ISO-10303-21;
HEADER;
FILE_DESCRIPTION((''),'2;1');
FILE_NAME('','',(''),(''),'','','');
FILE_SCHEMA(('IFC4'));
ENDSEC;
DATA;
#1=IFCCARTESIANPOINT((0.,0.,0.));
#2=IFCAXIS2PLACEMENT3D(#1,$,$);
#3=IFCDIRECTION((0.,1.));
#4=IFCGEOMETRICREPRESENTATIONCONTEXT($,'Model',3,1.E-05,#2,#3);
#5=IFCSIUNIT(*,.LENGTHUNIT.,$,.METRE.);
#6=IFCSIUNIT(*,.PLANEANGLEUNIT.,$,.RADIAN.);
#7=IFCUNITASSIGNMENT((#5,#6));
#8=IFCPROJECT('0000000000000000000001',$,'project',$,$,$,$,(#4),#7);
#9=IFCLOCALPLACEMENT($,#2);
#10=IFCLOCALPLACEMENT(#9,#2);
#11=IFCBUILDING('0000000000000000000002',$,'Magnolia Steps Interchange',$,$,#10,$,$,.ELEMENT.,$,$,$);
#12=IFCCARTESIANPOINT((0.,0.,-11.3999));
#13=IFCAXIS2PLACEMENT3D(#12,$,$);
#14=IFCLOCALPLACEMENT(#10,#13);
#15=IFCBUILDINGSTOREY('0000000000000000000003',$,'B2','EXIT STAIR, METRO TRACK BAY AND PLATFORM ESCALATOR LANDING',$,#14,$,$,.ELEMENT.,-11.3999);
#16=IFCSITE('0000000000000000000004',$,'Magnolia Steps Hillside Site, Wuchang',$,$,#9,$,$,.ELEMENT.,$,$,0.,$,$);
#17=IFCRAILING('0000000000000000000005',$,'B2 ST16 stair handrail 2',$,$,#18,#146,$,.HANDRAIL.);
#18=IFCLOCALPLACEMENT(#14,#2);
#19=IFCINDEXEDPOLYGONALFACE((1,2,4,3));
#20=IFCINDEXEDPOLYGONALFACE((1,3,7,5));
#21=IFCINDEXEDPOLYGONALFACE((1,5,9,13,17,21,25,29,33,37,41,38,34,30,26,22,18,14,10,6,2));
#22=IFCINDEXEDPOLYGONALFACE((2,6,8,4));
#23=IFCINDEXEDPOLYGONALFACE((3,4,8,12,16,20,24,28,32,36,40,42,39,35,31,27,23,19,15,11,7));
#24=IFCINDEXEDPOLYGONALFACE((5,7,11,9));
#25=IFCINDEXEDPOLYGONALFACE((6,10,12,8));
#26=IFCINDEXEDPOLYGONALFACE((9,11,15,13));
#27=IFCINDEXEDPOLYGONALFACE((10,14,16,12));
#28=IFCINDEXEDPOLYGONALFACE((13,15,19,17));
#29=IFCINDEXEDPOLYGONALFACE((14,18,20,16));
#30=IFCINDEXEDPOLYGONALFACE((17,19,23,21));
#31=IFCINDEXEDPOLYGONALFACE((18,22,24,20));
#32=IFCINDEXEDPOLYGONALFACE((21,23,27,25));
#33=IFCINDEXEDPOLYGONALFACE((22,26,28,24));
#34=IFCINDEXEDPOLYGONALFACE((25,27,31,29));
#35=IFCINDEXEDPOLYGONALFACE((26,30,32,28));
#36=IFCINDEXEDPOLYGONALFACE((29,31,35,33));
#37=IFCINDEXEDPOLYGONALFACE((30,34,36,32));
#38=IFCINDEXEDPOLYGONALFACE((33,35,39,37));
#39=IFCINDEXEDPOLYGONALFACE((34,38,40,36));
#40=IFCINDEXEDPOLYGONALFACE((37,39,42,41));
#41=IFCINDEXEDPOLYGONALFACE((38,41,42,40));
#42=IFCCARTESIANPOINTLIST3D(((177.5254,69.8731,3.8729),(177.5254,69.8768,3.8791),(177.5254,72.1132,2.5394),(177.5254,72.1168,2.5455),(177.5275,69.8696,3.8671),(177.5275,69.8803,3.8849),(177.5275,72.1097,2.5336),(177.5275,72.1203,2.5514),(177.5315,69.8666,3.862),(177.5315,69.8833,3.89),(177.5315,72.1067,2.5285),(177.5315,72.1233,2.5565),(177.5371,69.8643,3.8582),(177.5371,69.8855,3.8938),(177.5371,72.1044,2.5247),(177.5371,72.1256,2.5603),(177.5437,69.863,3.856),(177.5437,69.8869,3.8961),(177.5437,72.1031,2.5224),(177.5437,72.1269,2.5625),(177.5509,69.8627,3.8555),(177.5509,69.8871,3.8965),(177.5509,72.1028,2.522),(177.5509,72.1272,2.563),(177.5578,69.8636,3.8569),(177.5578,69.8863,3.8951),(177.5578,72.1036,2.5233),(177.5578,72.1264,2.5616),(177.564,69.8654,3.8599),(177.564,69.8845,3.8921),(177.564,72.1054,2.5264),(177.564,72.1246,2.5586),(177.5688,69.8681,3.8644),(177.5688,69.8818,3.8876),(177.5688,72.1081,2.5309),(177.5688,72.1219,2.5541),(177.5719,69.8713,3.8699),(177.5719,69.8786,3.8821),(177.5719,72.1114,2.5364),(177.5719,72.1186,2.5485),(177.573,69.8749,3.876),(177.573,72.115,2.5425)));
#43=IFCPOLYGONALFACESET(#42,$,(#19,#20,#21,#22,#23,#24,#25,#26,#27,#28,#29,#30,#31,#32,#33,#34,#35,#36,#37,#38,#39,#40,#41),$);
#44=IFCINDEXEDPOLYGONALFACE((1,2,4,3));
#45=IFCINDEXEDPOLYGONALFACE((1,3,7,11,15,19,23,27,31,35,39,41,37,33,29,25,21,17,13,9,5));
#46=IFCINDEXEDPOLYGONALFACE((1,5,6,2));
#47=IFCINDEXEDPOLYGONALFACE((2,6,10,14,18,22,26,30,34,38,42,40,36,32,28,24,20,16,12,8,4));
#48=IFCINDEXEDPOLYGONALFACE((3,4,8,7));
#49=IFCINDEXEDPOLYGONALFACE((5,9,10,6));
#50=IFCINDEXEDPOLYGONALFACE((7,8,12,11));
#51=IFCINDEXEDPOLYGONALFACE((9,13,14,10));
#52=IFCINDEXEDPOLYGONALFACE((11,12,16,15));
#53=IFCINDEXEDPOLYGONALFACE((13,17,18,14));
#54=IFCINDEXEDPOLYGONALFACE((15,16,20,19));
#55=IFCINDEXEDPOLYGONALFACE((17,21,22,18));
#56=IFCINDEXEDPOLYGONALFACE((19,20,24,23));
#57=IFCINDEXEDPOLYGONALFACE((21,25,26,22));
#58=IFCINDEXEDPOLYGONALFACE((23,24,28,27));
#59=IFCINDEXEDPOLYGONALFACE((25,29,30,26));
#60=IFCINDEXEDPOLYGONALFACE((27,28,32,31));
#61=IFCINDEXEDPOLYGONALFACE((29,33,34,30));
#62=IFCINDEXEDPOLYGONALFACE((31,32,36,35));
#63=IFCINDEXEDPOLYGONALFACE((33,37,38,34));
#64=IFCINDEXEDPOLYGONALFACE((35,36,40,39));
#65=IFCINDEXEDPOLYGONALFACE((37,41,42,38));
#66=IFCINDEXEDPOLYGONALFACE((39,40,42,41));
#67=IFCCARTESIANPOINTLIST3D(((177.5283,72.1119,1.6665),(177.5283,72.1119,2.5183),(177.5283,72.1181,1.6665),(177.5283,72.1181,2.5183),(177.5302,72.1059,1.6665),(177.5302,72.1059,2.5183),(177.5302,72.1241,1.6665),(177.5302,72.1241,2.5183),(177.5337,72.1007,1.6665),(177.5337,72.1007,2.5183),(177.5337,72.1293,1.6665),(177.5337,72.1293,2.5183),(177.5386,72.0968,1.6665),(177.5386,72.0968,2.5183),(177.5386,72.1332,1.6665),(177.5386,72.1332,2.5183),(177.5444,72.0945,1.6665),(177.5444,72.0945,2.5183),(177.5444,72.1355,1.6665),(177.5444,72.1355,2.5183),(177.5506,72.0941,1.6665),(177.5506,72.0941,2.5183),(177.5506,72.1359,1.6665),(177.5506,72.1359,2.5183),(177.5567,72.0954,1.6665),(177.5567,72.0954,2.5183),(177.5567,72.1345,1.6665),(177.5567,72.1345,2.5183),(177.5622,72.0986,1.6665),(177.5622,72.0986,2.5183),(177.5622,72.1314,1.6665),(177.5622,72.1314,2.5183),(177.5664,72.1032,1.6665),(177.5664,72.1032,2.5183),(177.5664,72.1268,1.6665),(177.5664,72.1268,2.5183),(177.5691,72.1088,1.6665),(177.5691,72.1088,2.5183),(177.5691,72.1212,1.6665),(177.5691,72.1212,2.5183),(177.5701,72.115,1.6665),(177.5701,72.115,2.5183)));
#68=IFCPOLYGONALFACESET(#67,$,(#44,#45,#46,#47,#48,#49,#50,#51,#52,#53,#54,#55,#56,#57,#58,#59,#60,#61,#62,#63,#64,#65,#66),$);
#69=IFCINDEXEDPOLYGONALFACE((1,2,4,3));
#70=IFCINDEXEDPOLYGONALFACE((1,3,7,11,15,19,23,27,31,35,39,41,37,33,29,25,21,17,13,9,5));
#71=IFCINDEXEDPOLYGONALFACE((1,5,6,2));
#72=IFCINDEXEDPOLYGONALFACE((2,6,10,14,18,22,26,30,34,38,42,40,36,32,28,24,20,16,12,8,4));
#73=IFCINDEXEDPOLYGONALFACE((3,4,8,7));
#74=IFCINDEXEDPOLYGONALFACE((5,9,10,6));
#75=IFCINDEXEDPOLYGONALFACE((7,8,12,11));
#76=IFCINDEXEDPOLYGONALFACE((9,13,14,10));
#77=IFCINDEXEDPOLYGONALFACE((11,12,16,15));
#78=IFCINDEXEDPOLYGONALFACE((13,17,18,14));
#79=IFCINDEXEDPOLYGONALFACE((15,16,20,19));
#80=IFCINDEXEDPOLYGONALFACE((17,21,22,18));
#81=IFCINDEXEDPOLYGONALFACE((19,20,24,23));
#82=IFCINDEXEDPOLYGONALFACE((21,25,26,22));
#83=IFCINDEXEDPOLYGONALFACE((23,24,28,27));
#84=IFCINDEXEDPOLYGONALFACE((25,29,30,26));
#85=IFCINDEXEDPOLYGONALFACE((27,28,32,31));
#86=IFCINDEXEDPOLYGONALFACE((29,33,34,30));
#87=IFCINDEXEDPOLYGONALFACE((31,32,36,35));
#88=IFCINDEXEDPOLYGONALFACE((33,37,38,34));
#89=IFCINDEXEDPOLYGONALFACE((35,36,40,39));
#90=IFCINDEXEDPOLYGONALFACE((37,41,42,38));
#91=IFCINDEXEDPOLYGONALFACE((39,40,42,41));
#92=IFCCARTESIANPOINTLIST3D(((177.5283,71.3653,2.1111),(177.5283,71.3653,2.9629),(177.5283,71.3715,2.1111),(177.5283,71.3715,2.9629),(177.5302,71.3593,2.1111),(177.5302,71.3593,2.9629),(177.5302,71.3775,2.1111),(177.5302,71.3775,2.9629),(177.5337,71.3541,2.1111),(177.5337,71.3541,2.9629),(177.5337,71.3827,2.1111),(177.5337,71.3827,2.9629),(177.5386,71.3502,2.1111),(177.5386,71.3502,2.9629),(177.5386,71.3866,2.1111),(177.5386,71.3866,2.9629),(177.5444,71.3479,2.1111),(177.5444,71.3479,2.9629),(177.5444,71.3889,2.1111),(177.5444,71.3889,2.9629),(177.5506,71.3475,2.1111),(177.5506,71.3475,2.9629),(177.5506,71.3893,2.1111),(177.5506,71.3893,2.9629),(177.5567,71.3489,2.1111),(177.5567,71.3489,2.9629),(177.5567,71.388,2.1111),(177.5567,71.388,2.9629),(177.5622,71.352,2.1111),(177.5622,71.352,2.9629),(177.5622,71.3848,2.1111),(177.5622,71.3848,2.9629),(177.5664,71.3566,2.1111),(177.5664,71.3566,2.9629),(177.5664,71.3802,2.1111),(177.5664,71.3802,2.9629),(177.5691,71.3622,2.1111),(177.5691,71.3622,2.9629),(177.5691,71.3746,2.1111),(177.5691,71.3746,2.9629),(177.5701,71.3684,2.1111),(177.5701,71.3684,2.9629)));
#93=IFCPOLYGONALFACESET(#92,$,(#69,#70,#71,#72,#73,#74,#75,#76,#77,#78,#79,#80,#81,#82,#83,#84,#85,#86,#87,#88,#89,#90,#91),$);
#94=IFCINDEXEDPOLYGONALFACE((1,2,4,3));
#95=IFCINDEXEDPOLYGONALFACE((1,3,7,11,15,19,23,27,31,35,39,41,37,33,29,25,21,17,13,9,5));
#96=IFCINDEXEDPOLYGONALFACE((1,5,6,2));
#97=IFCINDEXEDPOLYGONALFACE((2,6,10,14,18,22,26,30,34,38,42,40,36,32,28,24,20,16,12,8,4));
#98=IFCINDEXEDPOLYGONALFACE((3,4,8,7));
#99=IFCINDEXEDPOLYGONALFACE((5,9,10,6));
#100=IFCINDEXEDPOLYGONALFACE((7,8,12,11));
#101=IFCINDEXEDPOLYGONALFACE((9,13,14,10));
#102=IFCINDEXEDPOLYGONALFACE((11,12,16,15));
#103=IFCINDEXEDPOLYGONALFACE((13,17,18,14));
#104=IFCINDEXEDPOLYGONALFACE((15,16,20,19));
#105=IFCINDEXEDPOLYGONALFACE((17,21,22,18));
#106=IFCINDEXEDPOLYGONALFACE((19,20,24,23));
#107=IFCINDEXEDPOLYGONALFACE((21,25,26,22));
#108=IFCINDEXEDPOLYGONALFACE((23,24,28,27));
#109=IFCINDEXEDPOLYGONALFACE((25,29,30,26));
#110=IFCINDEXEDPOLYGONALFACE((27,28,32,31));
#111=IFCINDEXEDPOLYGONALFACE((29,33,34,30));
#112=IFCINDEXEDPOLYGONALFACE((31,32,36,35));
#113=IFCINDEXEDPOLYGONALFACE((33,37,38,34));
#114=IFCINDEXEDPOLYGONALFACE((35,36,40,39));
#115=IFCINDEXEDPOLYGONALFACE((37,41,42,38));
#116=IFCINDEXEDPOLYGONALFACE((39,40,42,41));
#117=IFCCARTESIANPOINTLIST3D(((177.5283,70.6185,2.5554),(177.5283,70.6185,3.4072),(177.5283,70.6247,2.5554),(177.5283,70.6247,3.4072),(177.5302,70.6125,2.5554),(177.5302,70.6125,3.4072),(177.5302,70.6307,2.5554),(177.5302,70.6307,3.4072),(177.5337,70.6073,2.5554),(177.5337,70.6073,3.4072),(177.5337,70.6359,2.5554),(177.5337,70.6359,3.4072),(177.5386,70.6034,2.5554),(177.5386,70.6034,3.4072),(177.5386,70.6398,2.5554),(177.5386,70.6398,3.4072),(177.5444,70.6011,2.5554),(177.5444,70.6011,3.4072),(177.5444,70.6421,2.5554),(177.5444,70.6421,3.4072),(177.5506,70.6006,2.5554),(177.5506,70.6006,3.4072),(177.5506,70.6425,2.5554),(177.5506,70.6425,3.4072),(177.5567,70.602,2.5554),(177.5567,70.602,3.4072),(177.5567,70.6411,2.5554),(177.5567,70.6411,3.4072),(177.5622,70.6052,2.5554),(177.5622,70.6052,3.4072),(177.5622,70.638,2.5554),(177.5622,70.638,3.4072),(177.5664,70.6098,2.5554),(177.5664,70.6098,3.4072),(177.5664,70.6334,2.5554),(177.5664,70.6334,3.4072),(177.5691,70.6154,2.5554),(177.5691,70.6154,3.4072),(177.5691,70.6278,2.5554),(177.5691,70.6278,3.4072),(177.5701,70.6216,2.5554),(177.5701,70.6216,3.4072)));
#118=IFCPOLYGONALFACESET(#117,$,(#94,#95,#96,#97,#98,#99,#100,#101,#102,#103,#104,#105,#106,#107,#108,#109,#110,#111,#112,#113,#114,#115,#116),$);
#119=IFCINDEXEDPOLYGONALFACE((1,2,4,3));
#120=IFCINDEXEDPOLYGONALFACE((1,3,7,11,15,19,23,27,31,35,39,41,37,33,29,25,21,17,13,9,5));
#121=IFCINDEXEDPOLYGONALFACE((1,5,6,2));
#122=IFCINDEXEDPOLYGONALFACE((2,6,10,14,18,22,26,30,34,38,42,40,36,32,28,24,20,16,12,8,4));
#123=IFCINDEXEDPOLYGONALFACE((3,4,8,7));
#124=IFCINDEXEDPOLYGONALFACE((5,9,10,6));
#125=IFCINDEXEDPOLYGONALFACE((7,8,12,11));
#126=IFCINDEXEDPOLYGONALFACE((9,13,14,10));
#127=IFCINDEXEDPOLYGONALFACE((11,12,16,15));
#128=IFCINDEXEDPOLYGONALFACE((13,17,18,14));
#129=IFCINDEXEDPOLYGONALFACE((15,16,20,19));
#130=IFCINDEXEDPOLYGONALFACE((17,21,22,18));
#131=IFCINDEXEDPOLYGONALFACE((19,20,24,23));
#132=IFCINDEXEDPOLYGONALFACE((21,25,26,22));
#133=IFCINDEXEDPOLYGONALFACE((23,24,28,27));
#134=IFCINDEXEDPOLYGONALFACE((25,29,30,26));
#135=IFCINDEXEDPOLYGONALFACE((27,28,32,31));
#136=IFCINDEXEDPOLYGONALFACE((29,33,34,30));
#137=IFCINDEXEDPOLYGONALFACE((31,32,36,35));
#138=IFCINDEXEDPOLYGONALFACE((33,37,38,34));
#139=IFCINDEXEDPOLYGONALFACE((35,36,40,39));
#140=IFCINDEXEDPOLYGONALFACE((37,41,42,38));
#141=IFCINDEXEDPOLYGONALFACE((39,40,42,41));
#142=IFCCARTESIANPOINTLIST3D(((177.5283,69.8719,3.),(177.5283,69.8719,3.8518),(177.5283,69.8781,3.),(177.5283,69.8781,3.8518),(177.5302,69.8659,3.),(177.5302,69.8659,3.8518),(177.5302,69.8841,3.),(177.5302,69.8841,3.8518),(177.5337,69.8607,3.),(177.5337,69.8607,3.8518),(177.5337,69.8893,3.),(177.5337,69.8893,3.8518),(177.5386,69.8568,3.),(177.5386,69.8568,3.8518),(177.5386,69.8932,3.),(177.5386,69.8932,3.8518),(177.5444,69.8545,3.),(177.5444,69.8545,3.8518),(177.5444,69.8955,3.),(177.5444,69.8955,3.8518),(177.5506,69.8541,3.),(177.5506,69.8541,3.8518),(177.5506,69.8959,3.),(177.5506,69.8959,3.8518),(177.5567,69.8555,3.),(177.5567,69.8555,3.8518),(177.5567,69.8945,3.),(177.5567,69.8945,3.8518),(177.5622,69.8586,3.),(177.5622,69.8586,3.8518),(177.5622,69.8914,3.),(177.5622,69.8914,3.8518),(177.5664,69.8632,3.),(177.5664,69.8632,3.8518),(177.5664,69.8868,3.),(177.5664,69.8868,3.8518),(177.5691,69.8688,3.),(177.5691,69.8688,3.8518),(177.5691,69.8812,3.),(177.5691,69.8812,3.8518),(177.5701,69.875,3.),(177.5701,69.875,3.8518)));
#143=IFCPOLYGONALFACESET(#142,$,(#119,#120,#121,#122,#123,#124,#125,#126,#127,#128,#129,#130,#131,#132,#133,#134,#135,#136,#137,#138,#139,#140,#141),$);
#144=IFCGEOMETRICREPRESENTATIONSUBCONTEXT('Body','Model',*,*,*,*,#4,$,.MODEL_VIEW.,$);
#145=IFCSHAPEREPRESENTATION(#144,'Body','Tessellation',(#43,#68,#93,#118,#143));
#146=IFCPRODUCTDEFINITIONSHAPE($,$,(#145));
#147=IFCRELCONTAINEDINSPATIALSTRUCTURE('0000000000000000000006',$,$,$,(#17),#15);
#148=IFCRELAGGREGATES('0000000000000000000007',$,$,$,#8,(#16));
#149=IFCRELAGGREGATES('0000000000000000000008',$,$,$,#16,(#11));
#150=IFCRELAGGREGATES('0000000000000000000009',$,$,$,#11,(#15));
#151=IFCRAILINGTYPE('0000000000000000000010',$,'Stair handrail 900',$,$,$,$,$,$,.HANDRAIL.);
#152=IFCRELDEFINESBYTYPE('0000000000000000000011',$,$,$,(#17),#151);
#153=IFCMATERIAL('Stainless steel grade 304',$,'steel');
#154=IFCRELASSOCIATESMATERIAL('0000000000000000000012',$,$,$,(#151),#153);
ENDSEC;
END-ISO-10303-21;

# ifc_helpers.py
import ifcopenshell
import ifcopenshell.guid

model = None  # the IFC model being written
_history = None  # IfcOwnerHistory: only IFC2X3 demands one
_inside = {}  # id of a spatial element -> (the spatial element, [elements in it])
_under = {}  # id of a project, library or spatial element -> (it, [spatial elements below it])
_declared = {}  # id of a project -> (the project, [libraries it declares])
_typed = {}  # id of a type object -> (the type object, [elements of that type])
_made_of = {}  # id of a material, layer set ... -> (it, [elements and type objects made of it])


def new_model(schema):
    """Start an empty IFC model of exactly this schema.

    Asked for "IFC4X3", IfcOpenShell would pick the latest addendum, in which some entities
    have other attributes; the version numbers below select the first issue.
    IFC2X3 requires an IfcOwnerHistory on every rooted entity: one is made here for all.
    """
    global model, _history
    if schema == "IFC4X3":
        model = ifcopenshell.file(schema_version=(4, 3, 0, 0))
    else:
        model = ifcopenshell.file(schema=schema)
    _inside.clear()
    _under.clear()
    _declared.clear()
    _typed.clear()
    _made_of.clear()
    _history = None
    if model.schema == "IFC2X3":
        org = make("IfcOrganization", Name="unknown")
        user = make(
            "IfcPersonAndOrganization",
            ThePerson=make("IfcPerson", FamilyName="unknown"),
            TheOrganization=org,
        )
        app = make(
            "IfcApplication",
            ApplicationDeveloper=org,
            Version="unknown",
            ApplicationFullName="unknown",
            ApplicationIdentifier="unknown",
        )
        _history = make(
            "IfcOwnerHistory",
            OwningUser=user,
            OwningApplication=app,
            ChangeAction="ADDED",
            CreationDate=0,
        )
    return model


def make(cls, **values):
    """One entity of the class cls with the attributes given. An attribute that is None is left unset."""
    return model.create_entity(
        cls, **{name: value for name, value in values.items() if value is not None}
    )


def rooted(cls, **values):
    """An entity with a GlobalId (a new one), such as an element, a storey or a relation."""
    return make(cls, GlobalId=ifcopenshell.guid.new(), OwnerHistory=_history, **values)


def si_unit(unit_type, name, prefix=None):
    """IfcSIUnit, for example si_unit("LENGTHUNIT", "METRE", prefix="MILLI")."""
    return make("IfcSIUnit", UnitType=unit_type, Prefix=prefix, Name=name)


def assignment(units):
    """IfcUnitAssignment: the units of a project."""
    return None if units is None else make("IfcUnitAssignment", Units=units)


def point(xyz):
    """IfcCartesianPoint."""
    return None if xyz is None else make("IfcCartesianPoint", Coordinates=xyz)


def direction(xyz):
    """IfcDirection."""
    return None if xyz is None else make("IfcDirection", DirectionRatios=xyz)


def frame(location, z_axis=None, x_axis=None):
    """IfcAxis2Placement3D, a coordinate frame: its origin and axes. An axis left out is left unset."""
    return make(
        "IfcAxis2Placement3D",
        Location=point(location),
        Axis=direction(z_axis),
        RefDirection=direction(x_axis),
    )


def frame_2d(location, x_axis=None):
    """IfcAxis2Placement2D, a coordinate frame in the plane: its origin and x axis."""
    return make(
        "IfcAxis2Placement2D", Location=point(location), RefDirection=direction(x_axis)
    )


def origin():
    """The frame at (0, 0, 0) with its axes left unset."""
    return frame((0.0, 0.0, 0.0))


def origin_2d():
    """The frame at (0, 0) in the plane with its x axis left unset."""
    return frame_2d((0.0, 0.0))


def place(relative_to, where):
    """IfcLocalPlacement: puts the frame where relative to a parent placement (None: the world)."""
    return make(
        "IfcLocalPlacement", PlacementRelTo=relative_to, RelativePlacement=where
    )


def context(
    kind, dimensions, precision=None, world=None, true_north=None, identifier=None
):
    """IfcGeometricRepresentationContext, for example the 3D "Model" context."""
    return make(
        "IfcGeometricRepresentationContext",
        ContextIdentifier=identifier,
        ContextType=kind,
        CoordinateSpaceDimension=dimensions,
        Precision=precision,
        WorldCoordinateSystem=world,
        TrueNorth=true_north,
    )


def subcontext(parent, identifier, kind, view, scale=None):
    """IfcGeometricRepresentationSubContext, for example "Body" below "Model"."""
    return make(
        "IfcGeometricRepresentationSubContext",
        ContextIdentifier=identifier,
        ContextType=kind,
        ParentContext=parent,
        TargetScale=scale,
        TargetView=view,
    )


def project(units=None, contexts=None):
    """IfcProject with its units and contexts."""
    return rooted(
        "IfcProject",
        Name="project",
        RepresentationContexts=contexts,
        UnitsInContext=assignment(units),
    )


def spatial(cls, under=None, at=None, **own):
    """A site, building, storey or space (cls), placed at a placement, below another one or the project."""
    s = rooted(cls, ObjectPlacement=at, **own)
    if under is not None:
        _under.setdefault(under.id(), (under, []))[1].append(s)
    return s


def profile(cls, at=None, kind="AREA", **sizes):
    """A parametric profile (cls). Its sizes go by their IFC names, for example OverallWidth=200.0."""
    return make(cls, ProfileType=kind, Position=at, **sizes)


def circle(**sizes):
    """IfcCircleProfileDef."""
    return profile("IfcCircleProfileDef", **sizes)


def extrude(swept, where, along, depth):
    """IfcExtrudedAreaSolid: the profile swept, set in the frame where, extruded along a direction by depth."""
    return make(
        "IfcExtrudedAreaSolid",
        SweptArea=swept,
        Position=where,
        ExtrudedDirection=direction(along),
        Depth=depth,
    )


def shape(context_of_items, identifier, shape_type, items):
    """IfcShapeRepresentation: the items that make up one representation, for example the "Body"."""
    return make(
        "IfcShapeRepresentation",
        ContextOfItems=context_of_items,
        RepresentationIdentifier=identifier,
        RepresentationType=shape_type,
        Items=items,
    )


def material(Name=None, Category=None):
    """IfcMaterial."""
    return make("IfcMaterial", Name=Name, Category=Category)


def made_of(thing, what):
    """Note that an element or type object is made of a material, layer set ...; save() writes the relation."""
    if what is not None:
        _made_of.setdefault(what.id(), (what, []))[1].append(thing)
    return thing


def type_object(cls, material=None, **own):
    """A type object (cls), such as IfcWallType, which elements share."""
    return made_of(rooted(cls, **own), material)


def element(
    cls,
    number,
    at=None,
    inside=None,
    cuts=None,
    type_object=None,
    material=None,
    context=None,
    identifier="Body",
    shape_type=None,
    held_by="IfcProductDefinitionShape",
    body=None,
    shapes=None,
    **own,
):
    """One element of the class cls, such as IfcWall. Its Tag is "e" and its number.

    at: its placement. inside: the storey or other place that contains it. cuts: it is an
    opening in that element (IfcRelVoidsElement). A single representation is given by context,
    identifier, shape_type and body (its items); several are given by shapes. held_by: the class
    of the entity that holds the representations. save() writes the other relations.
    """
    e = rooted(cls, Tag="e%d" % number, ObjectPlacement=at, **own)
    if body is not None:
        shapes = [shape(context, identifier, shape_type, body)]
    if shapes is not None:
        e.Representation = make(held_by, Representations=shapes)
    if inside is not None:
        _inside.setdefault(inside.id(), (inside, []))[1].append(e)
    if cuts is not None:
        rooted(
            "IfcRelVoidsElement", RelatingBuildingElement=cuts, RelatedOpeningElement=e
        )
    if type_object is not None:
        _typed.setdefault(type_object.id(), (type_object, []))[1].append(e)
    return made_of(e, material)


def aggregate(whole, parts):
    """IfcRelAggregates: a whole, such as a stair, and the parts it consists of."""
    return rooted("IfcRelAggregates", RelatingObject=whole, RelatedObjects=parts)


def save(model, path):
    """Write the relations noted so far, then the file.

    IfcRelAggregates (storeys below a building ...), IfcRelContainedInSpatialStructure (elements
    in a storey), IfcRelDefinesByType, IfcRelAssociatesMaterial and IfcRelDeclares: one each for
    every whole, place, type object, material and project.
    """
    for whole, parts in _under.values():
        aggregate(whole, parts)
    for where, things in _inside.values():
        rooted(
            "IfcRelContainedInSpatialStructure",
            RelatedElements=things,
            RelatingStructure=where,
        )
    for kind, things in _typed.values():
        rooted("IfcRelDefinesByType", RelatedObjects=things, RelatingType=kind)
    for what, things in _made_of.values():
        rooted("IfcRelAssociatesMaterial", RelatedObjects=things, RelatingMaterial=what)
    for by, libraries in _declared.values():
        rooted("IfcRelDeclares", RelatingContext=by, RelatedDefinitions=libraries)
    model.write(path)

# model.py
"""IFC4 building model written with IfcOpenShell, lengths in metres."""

from ifc_helpers import new_model, si_unit, direction, frame, origin, origin_2d, place, context, subcontext, project, spatial, circle, extrude, material, type_object, element, save


model = new_model("IFC4")

# Units and contexts
model_context = context("Model", 3, precision=1e-05, world=origin(), true_north=direction((0.0, 1.0)))
body_context = subcontext(model_context, "Body", "Model", "MODEL_VIEW")
ifc_project = project(units=[si_unit("LENGTHUNIT", "METRE"), si_unit("PLANEANGLEUNIT", "RADIAN")], contexts=[model_context])

# Site, building, storey
site_placement = place(None, origin())
site = spatial("IfcSite", under=ifc_project, at=site_placement, Name="Magnolia Steps Hillside Site, Wuchang", CompositionType="ELEMENT", RefElevation=0.0)
building_placement = place(site_placement, origin())
building = spatial("IfcBuilding", under=site, at=building_placement, Name="Magnolia Steps Interchange", CompositionType="ELEMENT")
storey_placement = place(building_placement, frame((0.0, 0.0, -11.3999)))
storey = spatial("IfcBuildingStorey", under=building, at=storey_placement, Name="B2", Description="EXIT STAIR, METRO TRACK BAY AND PLATFORM ESCALATOR LANDING", CompositionType="ELEMENT", Elevation=-11.3999)

# Railing
ifc_material_1 = material(Name="Stainless steel grade 304", Category="steel")
railing_type_1 = type_object("IfcRailingType", Name="Stair handrail 900", PredefinedType="HANDRAIL", material=ifc_material_1)
railing_1_placement = place(storey_placement, frame((177.5491, 72.115, 1.6665)))
element("IfcRailing", 1, at=railing_1_placement, inside=storey, type_object=railing_type_1, Name="B2 ST16 stair handrail 2", PredefinedType="HANDRAIL", context=body_context, shape_type="SweptSolid", body=[
    extrude(circle(Radius=0.0239, at=origin_2d()), frame((0.0, 0.0, 0.876), z_axis=(0.0, -0.859264, 0.511532), x_axis=(1.0, 0.0, 0.0)), (0.0, 0.0, 1.0), 2.6069),
    extrude(circle(Radius=0.021, at=origin_2d()), origin(), (0.0, 0.0, 1.0), 0.8518),
    extrude(circle(Radius=0.021, at=origin_2d()), frame((0.0, -0.7466, 0.4446)), (0.0, 0.0, 1.0), 0.8518),
    extrude(circle(Radius=0.021, at=origin_2d()), frame((0.0, -1.4934, 0.8889)), (0.0, 0.0, 1.0), 0.8518),
    extrude(circle(Radius=0.021, at=origin_2d()), frame((0.0, -2.24, 1.3335)), (0.0, 0.0, 1.0), 0.8518),
])

save(model, "model.ifc")
